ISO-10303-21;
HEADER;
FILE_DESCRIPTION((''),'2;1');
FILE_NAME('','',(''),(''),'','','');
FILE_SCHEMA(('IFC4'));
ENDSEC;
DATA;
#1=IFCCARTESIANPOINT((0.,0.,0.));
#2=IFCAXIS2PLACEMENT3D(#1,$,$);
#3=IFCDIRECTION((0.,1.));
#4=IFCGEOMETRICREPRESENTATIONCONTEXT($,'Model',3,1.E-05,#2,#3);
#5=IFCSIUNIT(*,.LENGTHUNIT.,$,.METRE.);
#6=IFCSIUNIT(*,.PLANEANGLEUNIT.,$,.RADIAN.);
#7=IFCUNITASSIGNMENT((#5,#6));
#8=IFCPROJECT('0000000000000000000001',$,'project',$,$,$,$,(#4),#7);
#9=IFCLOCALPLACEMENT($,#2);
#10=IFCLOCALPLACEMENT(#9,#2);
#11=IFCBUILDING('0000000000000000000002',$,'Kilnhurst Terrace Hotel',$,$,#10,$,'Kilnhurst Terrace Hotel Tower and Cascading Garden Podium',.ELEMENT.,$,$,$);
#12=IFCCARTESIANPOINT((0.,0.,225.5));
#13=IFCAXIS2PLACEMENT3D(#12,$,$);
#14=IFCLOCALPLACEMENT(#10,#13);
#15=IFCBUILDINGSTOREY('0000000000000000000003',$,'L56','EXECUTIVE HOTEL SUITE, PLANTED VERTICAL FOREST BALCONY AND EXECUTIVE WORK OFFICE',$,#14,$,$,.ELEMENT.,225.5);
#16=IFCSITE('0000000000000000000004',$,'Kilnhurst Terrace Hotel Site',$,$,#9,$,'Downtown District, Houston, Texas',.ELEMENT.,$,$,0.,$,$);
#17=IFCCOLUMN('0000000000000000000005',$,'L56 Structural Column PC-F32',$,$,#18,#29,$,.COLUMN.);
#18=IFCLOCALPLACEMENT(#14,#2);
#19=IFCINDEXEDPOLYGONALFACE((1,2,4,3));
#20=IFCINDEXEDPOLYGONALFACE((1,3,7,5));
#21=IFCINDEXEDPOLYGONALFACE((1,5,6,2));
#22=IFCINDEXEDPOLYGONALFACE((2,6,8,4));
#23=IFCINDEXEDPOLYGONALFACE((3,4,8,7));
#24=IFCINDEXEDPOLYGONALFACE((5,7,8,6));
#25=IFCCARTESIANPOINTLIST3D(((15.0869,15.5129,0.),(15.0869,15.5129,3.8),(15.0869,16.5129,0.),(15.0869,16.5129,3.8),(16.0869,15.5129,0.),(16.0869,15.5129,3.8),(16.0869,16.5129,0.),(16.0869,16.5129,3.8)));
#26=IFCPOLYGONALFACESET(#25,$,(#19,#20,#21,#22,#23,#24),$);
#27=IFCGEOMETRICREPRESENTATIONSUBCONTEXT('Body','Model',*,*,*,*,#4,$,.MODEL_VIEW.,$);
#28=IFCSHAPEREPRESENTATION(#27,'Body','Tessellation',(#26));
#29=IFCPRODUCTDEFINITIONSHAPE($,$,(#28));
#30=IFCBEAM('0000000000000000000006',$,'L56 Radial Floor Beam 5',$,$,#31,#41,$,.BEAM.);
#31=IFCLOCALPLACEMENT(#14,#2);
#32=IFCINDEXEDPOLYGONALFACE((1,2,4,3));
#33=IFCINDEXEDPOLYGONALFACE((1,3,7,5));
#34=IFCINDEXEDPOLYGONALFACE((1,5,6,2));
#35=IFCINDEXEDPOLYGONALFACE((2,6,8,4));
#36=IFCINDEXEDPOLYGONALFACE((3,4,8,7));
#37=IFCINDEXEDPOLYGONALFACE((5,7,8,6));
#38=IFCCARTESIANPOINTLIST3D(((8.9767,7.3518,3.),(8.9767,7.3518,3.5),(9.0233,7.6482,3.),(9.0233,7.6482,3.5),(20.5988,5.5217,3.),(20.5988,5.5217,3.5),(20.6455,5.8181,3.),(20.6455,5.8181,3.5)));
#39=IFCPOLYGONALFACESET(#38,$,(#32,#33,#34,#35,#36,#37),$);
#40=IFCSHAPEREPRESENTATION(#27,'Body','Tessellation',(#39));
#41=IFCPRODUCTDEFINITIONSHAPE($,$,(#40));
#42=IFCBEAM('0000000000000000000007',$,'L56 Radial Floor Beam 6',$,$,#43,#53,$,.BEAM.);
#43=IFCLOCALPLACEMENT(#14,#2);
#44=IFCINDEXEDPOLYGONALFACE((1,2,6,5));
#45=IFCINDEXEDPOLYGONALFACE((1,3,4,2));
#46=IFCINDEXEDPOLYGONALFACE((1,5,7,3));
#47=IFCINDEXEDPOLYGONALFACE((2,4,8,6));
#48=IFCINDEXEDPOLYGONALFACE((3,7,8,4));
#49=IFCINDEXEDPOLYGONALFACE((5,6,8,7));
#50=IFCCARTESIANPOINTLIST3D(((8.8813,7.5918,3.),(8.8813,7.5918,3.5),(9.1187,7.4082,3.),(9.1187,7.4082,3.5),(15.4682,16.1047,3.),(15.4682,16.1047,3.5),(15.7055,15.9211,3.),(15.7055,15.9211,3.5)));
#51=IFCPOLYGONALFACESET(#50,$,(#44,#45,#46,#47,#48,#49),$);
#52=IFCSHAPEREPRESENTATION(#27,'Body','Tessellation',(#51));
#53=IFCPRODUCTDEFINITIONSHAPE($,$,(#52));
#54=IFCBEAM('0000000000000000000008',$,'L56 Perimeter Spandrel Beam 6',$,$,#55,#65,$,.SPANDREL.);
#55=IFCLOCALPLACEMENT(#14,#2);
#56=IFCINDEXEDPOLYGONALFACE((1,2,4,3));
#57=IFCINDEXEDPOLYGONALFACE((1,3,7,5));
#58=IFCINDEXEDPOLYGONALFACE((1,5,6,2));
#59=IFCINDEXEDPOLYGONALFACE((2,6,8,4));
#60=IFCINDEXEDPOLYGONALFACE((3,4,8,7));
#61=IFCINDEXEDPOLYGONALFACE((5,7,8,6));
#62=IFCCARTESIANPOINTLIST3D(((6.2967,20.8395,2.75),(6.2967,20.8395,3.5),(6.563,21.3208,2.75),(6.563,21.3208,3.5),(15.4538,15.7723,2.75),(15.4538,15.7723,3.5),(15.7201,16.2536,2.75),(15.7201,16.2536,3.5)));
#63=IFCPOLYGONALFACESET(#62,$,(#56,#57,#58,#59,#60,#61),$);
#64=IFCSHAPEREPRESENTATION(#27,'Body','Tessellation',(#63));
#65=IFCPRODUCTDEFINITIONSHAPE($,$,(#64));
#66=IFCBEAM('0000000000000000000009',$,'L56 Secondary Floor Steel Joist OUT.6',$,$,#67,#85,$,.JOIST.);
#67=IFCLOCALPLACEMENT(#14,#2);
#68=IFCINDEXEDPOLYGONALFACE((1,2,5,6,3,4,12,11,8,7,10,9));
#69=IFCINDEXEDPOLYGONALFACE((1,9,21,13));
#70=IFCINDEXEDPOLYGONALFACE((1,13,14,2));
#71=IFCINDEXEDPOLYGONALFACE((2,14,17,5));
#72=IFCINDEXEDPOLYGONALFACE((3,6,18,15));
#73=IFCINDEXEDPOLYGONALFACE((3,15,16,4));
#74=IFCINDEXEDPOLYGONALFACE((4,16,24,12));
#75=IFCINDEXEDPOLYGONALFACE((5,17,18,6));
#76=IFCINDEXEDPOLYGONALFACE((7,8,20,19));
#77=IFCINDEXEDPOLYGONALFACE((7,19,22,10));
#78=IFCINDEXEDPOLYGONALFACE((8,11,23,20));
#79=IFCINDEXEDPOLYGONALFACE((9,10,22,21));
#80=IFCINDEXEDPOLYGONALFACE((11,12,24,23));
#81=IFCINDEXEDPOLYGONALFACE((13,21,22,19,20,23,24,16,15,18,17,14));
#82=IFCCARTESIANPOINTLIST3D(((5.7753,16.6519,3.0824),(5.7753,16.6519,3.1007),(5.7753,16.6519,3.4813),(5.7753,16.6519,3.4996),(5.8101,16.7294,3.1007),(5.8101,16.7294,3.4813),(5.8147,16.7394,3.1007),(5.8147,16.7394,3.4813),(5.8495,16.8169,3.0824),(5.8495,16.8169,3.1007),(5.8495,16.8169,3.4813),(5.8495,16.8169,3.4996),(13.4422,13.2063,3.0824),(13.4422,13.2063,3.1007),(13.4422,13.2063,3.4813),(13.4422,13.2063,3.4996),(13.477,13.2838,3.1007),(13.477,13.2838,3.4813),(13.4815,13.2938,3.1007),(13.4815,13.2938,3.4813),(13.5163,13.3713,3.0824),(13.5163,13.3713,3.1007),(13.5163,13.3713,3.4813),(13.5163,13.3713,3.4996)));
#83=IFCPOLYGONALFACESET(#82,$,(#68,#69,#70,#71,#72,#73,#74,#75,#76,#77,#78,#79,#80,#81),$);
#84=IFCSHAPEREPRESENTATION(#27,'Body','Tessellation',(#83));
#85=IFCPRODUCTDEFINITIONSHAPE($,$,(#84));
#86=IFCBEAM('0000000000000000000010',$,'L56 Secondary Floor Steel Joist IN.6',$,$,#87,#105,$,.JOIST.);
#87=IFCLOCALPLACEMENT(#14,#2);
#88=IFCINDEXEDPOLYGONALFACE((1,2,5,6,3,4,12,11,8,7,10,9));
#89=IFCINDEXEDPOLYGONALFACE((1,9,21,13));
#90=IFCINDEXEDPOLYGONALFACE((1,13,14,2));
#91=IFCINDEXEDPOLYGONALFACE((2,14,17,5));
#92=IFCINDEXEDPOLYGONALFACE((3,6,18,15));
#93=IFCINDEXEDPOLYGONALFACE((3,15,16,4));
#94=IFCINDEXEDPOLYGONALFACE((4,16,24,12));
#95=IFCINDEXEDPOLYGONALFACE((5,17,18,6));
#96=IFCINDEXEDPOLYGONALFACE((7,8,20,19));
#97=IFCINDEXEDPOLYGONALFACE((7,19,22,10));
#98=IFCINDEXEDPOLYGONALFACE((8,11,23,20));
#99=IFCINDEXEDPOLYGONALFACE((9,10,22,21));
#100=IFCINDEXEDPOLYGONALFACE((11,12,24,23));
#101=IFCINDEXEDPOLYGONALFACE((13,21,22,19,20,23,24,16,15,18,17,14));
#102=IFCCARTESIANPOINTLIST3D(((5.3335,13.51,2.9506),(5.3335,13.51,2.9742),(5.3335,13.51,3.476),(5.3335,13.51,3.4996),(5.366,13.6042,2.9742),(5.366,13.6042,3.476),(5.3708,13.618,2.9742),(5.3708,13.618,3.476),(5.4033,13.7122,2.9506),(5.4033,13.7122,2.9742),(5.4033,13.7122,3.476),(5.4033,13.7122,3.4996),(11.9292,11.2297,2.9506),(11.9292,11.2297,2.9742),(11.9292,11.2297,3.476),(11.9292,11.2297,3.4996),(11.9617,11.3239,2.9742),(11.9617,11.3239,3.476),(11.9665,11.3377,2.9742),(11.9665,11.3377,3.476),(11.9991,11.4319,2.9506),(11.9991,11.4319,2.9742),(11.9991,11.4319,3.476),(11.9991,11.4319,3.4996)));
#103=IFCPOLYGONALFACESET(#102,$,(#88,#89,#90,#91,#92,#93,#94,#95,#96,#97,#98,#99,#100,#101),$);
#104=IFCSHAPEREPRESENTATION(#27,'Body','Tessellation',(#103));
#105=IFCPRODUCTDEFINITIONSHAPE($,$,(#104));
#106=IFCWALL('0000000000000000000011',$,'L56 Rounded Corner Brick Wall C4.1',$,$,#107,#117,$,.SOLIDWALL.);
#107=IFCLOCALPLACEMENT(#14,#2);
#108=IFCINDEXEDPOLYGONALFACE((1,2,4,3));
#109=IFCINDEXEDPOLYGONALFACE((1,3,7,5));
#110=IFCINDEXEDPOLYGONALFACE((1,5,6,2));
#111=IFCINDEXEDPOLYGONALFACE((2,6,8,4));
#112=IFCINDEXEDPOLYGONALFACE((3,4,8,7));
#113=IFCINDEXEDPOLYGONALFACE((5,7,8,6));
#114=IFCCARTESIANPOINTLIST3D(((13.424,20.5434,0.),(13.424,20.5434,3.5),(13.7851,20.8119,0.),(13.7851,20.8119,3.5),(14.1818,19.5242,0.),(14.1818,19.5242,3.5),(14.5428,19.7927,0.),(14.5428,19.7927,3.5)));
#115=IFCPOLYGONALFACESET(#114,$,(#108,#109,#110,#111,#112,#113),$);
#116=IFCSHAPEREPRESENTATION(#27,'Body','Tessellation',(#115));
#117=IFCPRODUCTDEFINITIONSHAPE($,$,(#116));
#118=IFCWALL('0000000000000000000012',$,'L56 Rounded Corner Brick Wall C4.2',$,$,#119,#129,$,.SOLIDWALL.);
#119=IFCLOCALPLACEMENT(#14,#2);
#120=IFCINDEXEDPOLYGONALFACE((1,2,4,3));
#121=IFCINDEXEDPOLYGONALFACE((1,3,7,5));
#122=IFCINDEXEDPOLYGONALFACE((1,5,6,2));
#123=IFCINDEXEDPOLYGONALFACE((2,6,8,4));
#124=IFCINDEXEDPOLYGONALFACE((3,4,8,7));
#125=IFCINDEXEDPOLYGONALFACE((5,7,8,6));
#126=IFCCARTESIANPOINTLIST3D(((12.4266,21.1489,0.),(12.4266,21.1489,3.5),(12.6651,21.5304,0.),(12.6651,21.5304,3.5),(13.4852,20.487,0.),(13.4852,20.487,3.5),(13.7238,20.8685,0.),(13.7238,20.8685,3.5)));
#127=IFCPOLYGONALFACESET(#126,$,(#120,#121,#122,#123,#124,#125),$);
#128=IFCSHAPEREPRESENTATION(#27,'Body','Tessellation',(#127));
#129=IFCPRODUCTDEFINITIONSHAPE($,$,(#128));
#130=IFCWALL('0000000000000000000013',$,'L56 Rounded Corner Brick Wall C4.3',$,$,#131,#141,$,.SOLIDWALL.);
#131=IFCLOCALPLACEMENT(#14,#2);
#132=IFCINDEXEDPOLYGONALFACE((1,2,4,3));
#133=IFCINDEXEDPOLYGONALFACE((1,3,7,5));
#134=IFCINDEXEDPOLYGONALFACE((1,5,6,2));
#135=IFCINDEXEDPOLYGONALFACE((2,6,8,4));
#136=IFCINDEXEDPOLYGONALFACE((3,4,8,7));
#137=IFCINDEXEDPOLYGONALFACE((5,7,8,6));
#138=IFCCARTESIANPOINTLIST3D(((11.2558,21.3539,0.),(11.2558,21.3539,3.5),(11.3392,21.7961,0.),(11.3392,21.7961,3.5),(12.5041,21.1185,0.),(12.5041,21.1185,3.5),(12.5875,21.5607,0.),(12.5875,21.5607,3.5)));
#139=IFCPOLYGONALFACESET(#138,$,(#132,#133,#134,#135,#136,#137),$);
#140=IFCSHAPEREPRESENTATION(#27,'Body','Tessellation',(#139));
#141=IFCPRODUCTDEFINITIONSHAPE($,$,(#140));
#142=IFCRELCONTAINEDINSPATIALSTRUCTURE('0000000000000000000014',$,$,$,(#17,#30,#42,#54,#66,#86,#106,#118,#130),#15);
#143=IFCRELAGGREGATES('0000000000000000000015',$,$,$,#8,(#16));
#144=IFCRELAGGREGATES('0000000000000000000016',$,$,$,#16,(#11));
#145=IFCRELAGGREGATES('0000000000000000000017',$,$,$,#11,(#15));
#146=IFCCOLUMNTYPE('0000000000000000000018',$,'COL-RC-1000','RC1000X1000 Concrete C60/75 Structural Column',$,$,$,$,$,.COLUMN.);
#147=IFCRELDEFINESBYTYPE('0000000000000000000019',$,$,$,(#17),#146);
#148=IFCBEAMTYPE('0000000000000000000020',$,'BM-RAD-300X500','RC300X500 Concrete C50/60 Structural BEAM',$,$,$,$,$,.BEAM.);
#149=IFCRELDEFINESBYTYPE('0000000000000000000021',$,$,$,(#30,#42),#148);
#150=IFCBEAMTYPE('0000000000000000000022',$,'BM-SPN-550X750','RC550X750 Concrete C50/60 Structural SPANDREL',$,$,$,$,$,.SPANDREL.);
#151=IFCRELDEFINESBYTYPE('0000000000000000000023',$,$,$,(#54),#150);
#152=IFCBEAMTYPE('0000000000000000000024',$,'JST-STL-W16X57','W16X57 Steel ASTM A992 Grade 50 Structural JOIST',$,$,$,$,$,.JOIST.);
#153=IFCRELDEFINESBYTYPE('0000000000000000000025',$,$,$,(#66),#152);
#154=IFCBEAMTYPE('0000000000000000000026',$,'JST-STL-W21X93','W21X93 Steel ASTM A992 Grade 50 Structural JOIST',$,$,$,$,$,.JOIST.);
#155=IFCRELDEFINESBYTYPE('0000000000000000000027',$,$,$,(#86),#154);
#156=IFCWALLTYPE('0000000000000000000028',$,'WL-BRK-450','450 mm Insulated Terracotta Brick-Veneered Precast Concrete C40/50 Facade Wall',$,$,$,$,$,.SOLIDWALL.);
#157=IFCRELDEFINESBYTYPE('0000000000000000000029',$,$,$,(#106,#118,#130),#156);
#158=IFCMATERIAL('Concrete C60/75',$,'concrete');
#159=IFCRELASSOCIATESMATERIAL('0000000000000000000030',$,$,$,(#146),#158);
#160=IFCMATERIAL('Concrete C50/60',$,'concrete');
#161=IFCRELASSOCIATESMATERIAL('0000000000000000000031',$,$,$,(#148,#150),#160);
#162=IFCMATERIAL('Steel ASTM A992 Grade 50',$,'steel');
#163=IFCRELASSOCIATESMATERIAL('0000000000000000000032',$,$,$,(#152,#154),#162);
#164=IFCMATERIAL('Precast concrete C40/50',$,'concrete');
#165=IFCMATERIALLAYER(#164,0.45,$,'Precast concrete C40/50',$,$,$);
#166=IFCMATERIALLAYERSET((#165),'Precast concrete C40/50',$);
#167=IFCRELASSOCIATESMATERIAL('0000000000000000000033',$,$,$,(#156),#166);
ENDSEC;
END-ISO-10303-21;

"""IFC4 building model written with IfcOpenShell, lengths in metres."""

from ifc_helpers import new_model, si_unit, direction, frame, frame_2d, origin, origin_2d, place, context, subcontext, project, spatial, rectangle, i_section, extrude, material, layer, layer_set, material_profile, profile_set, type_object, element, save


model = new_model("IFC4")

# Units and contexts
model_context = context("Model", 3, precision=1e-05, world=origin(), true_north=direction((0.0, 1.0)))
body_context = subcontext(model_context, "Body", "Model", "MODEL_VIEW")
ifc_project = project(units=[si_unit("LENGTHUNIT", "METRE"), si_unit("PLANEANGLEUNIT", "RADIAN")], contexts=[model_context])

# Site, building, storey
site_placement = place(None, origin())
site = spatial("IfcSite", under=ifc_project, at=site_placement, Name="Kilnhurst Terrace Hotel Site", LongName="Downtown District, Houston, Texas", CompositionType="ELEMENT", RefElevation=0.0)
building_placement = place(site_placement, origin())
building = spatial("IfcBuilding", under=site, at=building_placement, Name="Kilnhurst Terrace Hotel", LongName="Kilnhurst Terrace Hotel Tower and Cascading Garden Podium", CompositionType="ELEMENT")
storey_placement = place(building_placement, frame((0.0, 0.0, 225.5)))
storey = spatial("IfcBuildingStorey", under=building, at=storey_placement, Name="L56", Description="EXECUTIVE HOTEL SUITE, PLANTED VERTICAL FOREST BALCONY AND EXECUTIVE WORK OFFICE", CompositionType="ELEMENT", Elevation=225.5)

# Column
ifc_material_1 = material(Name="Concrete C60/75", Category="concrete")
ifc_material_profile_1 = material_profile(ifc_material_1, rectangle(XDim=1.0, YDim=1.0, at=origin_2d()), Name="RC1000X1000")
ifc_profile_set_1 = profile_set([ifc_material_profile_1], Name="Concrete C60/75")
column_type = type_object("IfcColumnType", Name="COL-RC-1000", Description="RC1000X1000 Concrete C60/75 Structural Column", PredefinedType="COLUMN", material=ifc_profile_set_1)
column_placement = place(storey_placement, frame((15.5869, 16.0129, 0.0), z_axis=(0.0, 0.0, 1.0), x_axis=(1.0, 0.0, 0.0)))
element("IfcColumn", 1, at=column_placement, inside=storey, type_object=column_type, Name="L56 Structural Column PC-F32", PredefinedType="COLUMN", context=body_context, shape_type="SweptSolid", body=[
    extrude(rectangle(XDim=1.0, YDim=1.0, at=origin_2d()), origin(), (0.0, 0.0, 1.0), 3.8),
])

# Beams
ifc_material_2 = material(Name="Concrete C50/60", Category="concrete")
ifc_material_profile_2 = material_profile(ifc_material_2, rectangle(XDim=0.3, YDim=0.5, at=origin_2d()), Name="RC300X500")
ifc_profile_set_2 = profile_set([ifc_material_profile_2], Name="Concrete C50/60")
beam_type_1 = type_object("IfcBeamType", Name="BM-RAD-300X500", Description="RC300X500 Concrete C50/60 Structural BEAM", PredefinedType="BEAM", material=ifc_profile_set_2)
beam_1_placement = place(storey_placement, frame((9.0, 7.5, 3.25), z_axis=(0.987828, -0.155549, 0.0), x_axis=(0.155549, 0.987828, 0.0)))
element("IfcBeam", 2, at=beam_1_placement, inside=storey, type_object=beam_type_1, Name="L56 Radial Floor Beam 5", PredefinedType="BEAM", context=body_context, shape_type="SweptSolid", body=[
    extrude(rectangle(XDim=0.3, YDim=0.5, at=origin_2d()), origin(), (0.0, 0.0, 1.0), 11.7654),
])
beam_2_placement = place(storey_placement, frame((9.0, 7.5, 3.25), z_axis=(0.611955, 0.790892, 0.0), x_axis=(-0.790892, 0.611955, 0.0)))
element("IfcBeam", 3, at=beam_2_placement, inside=storey, type_object=beam_type_1, Name="L56 Radial Floor Beam 6", PredefinedType="BEAM", context=body_context, shape_type="SweptSolid", body=[
    extrude(rectangle(XDim=0.3, YDim=0.5, at=origin_2d()), origin(), (0.0, 0.0, 1.0), 10.7637),
])
ifc_material_profile_3 = material_profile(ifc_material_2, rectangle(XDim=0.55, YDim=0.75, at=origin_2d()), Name="RC550X750")
ifc_profile_set_3 = profile_set([ifc_material_profile_3], Name="Concrete C50/60")
beam_type_2 = type_object("IfcBeamType", Name="BM-SPN-550X750", Description="RC550X750 Concrete C50/60 Structural SPANDREL", PredefinedType="SPANDREL", material=ifc_profile_set_3)
beam_3_placement = place(storey_placement, frame((15.5869, 16.0129, 3.125), z_axis=(-0.87497, 0.484177, 0.0), x_axis=(-0.484177, -0.87497, 0.0)))
element("IfcBeam", 4, at=beam_3_placement, inside=storey, type_object=beam_type_2, Name="L56 Perimeter Spandrel Beam 6", PredefinedType="SPANDREL", context=body_context, shape_type="SweptSolid", body=[
    extrude(rectangle(XDim=0.55, YDim=0.75, at=origin_2d()), origin(), (0.0, 0.0, 1.0), 10.4656),
])
ifc_material_3 = material(Name="Steel ASTM A992 Grade 50", Category="steel")
ifc_material_profile_4 = material_profile(ifc_material_3, i_section(OverallWidth=0.1809, OverallDepth=0.4172, WebThickness=0.011, FlangeThickness=0.0183, at=origin_2d()), Name="W16X57")
ifc_profile_set_4 = profile_set([ifc_material_profile_4], Name="Steel ASTM A992 Grade 50")
beam_type_3 = type_object("IfcBeamType", Name="JST-STL-W16X57", Description="W16X57 Steel ASTM A992 Grade 50 Structural JOIST", PredefinedType="JOIST", material=ifc_profile_set_4)
beam_4_placement = place(storey_placement, frame((13.4792, 13.2888, 3.291), z_axis=(-0.912121, 0.409921, 0.0), x_axis=(-0.409921, -0.912121, 0.0)))
element("IfcBeam", 5, at=beam_4_placement, inside=storey, type_object=beam_type_3, Name="L56 Secondary Floor Steel Joist OUT.6", PredefinedType="JOIST", context=body_context, shape_type="SweptSolid", body=[
    extrude(i_section(OverallWidth=0.1809, OverallDepth=0.4172, WebThickness=0.011, FlangeThickness=0.0183, at=origin_2d()), origin(), (0.0, 0.0, 1.0), 8.4055),
])
ifc_material_profile_5 = material_profile(ifc_material_3, i_section(OverallWidth=0.2139, OverallDepth=0.5491, WebThickness=0.0146, FlangeThickness=0.0237, at=origin_2d()), Name="W21X93")
ifc_profile_set_5 = profile_set([ifc_material_profile_5], Name="Steel ASTM A992 Grade 50")
beam_type_4 = type_object("IfcBeamType", Name="JST-STL-W21X93", Description="W21X93 Steel ASTM A992 Grade 50 Structural JOIST", PredefinedType="JOIST", material=ifc_profile_set_5)
beam_5_placement = place(storey_placement, frame((11.9641, 11.3308, 3.2251), z_axis=(-0.945112, 0.326745, 0.0), x_axis=(-0.326745, -0.945112, 0.0)))
element("IfcBeam", 6, at=beam_5_placement, inside=storey, type_object=beam_type_4, Name="L56 Secondary Floor Steel Joist IN.6", PredefinedType="JOIST", context=body_context, shape_type="SweptSolid", body=[
    extrude(i_section(OverallWidth=0.2139, OverallDepth=0.5491, WebThickness=0.0146, FlangeThickness=0.0237, at=origin_2d()), origin(), (0.0, 0.0, 1.0), 6.9788),
])

# Walls
ifc_material_4 = material(Name="Precast concrete C40/50", Category="concrete")
ifc_layer_1 = layer(ifc_material_4, 0.45, Name="Precast concrete C40/50")
ifc_layer_set_1 = layer_set([ifc_layer_1], Name="Precast concrete C40/50")
wall_type_1 = type_object("IfcWallType", Name="WL-BRK-450", Description="450 mm Insulated Terracotta Brick-Veneered Precast Concrete C40/50 Facade Wall", PredefinedType="SOLIDWALL", material=ifc_layer_set_1)
wall_1_placement = place(storey_placement, frame((14.3623, 19.6584, 0.0), z_axis=(0.0, 0.0, 1.0), x_axis=(-0.596642, 0.802507, 0.0)))
element("IfcWall", 7, at=wall_1_placement, inside=storey, type_object=wall_type_1, Name="L56 Rounded Corner Brick Wall C4.1", PredefinedType="SOLIDWALL", context=body_context, shape_type="SweptSolid", body=[
    extrude(rectangle(XDim=1.27, YDim=0.45, at=frame_2d((0.635, 0.0))), origin(), (0.0, 0.0, 1.0), 3.5),
])
wall_2_placement = place(storey_placement, frame((13.6045, 20.6777, 0.0), z_axis=(0.0, 0.0, 1.0), x_axis=(-0.84791, 0.53014, 0.0)))
element("IfcWall", 8, at=wall_2_placement, inside=storey, type_object=wall_type_1, Name="L56 Rounded Corner Brick Wall C4.2", PredefinedType="SOLIDWALL", context=body_context, shape_type="SweptSolid", body=[
    extrude(rectangle(XDim=1.2485, YDim=0.45, at=frame_2d((0.6243, 0.0))), origin(), (0.0, 0.0, 1.0), 3.5),
])
wall_3_placement = place(storey_placement, frame((12.5459, 21.3396, 0.0), z_axis=(0.0, 0.0, 1.0), x_axis=(-0.982687, 0.185275, 0.0)))
element("IfcWall", 9, at=wall_3_placement, inside=storey, type_object=wall_type_1, Name="L56 Rounded Corner Brick Wall C4.3", PredefinedType="SOLIDWALL", context=body_context, shape_type="SweptSolid", body=[
    extrude(rectangle(XDim=1.2703, YDim=0.45, at=frame_2d((0.6353, 0.0))), origin(), (0.0, 0.0, 1.0), 3.5),
])

save(model, "model.ifc")
